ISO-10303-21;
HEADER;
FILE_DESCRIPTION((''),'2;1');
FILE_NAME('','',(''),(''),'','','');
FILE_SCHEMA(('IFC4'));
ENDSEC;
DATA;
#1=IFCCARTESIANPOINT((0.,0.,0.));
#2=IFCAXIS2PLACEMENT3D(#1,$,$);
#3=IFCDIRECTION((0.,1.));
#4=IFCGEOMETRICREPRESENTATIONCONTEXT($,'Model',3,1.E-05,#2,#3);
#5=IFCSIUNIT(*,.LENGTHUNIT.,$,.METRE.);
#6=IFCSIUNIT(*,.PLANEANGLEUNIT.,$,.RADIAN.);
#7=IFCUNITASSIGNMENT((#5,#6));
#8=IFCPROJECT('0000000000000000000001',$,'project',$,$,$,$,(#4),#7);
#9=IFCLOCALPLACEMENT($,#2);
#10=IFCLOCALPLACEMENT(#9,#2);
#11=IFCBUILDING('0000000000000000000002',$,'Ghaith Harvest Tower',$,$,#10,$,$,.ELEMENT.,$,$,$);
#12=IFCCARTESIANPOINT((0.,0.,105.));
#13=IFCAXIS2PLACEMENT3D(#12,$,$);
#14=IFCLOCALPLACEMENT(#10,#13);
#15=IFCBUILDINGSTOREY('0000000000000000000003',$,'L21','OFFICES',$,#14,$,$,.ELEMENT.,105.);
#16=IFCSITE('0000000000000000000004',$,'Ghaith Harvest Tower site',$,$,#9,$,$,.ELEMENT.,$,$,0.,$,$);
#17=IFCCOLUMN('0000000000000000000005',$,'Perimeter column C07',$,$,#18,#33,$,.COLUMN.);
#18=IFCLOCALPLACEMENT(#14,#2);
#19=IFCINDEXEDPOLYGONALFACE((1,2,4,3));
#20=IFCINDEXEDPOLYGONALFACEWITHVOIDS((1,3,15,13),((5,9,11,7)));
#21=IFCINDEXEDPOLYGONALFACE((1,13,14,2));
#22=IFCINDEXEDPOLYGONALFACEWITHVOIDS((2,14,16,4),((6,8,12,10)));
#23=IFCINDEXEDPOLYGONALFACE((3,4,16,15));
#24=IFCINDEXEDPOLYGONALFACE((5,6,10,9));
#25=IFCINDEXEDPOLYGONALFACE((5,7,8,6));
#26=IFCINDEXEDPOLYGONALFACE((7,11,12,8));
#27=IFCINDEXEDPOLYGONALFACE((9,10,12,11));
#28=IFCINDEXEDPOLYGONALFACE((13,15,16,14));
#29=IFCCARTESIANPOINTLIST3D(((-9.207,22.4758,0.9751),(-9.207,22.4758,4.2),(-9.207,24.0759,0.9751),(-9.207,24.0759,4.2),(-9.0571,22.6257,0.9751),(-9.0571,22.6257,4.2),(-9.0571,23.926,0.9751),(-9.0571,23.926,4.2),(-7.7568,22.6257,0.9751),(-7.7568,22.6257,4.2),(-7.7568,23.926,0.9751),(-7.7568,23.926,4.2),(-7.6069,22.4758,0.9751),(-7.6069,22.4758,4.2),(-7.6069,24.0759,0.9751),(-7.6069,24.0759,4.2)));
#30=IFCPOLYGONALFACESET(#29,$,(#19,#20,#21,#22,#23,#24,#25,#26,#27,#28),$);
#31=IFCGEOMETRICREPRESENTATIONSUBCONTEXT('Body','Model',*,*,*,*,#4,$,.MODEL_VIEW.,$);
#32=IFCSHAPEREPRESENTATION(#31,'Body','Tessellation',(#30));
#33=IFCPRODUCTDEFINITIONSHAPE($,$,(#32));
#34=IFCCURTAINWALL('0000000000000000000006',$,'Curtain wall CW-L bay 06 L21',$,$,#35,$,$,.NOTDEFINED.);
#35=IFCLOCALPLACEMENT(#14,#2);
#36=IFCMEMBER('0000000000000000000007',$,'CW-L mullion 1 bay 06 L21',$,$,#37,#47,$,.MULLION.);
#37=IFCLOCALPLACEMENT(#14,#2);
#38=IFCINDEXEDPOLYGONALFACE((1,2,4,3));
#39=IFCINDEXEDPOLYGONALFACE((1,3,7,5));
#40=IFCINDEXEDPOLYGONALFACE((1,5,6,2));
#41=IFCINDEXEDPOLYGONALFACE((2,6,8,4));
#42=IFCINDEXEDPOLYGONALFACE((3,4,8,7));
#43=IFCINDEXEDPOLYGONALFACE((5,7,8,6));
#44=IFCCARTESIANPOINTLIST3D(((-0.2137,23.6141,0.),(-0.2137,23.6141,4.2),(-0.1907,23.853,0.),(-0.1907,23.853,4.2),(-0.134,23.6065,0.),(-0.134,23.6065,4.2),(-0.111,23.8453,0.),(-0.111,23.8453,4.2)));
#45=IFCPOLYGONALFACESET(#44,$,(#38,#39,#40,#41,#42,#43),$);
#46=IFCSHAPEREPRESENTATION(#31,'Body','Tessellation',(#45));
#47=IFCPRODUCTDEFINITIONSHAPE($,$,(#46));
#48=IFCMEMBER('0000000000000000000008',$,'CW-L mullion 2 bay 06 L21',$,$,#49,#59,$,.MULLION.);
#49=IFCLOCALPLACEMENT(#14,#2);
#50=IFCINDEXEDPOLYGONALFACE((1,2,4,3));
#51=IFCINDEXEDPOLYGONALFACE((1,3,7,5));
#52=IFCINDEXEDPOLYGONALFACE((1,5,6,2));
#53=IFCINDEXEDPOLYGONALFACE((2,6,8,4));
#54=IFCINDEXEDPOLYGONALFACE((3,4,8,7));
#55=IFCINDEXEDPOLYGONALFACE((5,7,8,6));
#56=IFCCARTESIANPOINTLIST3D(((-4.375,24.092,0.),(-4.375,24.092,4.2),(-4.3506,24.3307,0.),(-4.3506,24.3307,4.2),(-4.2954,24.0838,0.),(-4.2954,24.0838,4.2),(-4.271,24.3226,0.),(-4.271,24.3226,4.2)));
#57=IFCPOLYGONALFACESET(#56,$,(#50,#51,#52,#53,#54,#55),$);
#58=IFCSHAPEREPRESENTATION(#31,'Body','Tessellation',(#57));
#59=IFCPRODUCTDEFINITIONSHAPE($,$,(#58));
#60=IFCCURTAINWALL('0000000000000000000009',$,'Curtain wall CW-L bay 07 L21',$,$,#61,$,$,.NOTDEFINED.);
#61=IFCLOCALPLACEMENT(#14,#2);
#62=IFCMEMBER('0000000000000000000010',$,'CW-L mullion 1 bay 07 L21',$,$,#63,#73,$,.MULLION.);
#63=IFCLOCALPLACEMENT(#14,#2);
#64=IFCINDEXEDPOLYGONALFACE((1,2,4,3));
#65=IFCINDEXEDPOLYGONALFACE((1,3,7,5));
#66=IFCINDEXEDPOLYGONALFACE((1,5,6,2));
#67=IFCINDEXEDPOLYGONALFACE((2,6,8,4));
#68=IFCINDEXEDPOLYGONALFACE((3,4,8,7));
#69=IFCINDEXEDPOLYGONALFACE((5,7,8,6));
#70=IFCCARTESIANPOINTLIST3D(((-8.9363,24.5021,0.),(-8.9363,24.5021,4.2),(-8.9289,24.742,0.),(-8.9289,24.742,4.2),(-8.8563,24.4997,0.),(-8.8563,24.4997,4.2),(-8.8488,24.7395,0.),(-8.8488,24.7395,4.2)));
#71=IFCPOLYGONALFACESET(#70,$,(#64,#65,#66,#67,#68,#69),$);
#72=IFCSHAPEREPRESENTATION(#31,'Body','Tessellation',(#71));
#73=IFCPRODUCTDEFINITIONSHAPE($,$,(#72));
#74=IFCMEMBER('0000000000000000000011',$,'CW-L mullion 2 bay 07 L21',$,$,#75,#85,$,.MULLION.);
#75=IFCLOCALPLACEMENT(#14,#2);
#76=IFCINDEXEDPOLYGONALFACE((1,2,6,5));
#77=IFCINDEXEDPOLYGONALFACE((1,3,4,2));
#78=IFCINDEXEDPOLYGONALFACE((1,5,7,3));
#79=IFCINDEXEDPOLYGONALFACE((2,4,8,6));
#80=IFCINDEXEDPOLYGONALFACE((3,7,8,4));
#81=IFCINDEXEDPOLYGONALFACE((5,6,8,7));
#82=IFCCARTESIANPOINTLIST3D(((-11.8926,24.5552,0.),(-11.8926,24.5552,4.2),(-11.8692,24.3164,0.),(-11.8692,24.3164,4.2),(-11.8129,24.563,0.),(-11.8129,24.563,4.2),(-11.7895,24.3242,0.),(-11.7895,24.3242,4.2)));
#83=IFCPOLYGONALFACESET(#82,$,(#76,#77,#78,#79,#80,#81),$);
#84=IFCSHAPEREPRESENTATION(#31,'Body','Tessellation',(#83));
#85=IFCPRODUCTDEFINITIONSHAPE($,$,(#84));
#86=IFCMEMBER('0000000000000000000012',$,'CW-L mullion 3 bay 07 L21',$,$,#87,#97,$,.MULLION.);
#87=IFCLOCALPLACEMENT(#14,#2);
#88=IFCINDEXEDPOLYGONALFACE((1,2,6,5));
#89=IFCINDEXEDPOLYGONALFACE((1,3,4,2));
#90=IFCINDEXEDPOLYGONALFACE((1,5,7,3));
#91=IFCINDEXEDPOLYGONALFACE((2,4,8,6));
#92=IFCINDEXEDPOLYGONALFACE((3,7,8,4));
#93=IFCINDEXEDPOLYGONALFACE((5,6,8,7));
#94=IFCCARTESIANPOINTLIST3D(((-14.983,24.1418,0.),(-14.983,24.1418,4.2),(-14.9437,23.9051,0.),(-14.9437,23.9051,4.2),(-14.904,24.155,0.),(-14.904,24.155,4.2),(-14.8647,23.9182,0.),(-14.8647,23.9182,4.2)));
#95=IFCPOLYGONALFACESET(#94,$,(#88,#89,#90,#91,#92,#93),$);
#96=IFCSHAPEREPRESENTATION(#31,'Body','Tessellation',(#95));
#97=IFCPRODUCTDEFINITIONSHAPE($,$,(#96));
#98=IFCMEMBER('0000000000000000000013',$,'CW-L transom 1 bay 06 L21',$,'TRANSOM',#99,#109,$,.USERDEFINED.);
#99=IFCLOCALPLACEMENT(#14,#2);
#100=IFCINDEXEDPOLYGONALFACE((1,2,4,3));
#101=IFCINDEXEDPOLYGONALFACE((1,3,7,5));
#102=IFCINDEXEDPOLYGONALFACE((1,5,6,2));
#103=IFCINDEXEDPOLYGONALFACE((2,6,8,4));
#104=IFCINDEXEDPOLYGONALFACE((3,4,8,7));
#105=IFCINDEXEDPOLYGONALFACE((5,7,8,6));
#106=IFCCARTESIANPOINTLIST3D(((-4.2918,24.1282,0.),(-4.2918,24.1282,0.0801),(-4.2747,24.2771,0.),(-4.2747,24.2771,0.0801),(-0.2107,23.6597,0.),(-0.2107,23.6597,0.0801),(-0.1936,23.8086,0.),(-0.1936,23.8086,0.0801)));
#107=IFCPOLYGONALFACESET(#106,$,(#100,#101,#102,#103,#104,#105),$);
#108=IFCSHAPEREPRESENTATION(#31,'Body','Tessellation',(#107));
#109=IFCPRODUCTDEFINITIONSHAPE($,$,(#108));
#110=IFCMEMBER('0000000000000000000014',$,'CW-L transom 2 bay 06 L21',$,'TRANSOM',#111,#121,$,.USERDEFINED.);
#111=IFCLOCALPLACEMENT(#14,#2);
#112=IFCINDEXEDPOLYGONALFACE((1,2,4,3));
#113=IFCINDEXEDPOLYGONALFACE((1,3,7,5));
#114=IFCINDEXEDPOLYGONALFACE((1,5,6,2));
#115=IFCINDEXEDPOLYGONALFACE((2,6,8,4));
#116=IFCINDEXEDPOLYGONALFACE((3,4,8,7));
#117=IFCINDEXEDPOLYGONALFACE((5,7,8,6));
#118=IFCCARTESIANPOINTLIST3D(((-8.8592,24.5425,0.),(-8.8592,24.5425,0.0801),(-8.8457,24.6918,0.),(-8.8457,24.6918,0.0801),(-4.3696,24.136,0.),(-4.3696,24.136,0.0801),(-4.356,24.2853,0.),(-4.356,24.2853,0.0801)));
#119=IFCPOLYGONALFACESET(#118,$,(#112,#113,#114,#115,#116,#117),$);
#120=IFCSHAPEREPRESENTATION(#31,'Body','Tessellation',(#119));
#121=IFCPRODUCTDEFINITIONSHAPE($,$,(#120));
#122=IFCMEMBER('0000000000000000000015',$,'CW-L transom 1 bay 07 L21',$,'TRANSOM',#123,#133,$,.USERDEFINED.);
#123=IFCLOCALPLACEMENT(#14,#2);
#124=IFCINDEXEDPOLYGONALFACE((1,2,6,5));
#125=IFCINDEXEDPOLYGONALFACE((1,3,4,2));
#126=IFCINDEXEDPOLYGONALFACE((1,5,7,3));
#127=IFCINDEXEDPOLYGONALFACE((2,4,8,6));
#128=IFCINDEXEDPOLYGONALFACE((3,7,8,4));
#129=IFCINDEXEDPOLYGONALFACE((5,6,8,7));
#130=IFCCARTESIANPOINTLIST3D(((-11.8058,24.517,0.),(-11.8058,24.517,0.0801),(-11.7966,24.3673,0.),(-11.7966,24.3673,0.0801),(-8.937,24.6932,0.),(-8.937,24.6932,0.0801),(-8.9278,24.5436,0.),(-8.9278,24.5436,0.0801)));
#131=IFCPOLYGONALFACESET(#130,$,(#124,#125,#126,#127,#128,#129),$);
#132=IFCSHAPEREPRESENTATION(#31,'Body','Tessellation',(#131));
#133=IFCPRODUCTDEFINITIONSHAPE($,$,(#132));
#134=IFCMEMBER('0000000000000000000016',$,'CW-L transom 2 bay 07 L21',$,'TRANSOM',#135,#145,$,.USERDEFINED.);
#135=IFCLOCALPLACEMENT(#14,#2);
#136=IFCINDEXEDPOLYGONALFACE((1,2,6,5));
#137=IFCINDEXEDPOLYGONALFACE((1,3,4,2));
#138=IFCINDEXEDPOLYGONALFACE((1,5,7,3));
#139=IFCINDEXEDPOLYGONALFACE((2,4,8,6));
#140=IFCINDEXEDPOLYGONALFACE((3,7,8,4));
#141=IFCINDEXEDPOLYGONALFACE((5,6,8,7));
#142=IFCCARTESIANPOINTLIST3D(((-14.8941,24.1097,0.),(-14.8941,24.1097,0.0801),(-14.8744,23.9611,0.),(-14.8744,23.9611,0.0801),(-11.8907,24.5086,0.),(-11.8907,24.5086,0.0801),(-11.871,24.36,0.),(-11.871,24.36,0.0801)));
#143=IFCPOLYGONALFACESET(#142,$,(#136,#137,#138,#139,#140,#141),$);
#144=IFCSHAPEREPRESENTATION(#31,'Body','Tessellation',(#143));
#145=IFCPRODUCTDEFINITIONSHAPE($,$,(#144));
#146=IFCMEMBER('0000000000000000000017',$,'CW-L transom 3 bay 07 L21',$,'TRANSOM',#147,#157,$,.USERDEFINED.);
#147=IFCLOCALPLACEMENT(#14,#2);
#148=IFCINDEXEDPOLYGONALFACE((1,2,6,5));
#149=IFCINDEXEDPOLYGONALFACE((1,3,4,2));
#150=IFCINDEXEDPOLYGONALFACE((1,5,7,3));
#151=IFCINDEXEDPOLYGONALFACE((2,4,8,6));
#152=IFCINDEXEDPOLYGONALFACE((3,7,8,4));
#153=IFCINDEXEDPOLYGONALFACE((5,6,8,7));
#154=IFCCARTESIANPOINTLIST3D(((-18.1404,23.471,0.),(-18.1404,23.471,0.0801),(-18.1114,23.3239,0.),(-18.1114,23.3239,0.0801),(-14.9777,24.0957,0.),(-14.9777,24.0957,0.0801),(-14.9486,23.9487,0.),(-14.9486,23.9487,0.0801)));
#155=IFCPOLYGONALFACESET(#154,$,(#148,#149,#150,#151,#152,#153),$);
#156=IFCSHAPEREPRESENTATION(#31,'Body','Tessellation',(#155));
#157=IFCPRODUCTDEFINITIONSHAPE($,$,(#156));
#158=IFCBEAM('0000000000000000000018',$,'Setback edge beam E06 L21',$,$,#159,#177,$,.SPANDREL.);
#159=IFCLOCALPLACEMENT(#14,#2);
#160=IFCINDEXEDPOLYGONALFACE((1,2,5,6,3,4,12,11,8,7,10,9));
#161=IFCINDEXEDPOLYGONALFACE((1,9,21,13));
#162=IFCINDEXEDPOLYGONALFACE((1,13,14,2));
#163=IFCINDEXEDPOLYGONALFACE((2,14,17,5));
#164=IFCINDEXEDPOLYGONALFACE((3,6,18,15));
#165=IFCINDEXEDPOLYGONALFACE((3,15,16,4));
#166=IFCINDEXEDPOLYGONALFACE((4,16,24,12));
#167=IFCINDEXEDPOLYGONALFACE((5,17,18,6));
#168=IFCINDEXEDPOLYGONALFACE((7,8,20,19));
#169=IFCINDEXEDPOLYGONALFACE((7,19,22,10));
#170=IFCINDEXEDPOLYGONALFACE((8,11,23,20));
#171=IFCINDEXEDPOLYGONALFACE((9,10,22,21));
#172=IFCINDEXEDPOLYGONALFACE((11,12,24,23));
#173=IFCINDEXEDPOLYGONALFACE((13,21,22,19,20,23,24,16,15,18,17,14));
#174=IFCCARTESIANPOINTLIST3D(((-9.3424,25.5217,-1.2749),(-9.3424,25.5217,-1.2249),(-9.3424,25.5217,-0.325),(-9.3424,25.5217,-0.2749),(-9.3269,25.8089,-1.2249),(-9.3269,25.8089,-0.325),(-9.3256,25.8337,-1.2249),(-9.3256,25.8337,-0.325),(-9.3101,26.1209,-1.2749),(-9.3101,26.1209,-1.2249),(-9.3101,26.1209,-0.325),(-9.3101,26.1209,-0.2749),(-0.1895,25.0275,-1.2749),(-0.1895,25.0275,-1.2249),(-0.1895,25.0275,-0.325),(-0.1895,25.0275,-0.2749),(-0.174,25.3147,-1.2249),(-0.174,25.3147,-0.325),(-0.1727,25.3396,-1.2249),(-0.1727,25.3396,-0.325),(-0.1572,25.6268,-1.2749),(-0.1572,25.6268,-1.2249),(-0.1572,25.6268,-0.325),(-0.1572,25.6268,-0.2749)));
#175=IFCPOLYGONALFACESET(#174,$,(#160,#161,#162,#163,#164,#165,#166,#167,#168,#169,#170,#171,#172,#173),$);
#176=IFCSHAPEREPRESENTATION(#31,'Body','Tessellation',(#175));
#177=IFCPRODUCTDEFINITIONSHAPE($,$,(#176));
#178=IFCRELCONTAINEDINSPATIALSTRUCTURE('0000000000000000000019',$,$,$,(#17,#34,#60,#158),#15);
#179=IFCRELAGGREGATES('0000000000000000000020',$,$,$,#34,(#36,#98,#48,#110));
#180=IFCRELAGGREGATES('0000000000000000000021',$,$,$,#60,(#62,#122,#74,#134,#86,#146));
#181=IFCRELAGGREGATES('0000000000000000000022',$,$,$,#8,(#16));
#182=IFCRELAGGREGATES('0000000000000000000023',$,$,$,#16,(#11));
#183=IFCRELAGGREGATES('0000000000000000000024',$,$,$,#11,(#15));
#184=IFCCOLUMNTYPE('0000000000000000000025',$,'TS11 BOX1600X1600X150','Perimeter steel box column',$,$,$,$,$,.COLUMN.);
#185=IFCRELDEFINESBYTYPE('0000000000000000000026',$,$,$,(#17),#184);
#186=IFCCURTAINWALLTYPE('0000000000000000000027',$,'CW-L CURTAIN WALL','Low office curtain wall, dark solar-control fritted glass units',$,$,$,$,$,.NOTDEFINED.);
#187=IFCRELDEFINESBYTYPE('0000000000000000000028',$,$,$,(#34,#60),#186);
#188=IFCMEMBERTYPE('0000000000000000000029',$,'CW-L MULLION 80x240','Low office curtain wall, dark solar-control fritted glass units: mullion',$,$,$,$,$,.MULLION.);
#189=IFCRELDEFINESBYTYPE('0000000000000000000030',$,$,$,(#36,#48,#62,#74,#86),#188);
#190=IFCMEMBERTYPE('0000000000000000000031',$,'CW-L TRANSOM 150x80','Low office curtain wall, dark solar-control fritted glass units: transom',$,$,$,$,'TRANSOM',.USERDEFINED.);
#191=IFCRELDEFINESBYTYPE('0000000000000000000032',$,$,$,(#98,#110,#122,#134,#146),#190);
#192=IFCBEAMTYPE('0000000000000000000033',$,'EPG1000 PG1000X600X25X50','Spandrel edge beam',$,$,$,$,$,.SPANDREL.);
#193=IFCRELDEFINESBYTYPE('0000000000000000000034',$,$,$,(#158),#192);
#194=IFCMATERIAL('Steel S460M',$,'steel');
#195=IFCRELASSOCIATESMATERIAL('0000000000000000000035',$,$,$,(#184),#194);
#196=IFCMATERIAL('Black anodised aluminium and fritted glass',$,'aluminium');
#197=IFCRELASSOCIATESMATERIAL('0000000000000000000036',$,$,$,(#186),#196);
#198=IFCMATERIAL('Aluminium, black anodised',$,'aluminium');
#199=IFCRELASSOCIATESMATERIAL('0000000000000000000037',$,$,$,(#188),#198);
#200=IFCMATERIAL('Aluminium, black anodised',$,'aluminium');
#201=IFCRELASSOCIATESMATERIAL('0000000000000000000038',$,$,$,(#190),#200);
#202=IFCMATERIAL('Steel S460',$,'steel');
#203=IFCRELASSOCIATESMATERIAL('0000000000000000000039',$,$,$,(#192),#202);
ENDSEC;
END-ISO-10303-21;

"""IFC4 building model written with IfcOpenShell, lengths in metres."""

from ifc_helpers import new_model, si_unit, direction, frame, origin, origin_2d, place, context, subcontext, project, spatial, rectangle, hollow_rectangle, i_section, extrude, material, material_profile, profile_set, type_object, element, aggregate, save


model = new_model("IFC4")

# Units and contexts
model_context = context("Model", 3, precision=1e-05, world=origin(), true_north=direction((0.0, 1.0)))
body_context = subcontext(model_context, "Body", "Model", "MODEL_VIEW")
ifc_project = project(units=[si_unit("LENGTHUNIT", "METRE"), si_unit("PLANEANGLEUNIT", "RADIAN")], contexts=[model_context])

# Site, building, storey
site_placement = place(None, origin())
site = spatial("IfcSite", under=ifc_project, at=site_placement, Name="Ghaith Harvest Tower site", CompositionType="ELEMENT", RefElevation=0.0)
building_placement = place(site_placement, origin())
building = spatial("IfcBuilding", under=site, at=building_placement, Name="Ghaith Harvest Tower", CompositionType="ELEMENT")
storey_placement = place(building_placement, frame((0.0, 0.0, 105.0)))
storey = spatial("IfcBuildingStorey", under=building, at=storey_placement, Name="L21", Description="OFFICES", CompositionType="ELEMENT", Elevation=105.0)

# Column
ifc_material_1 = material(Name="Steel S460M", Category="steel")
ifc_material_profile_1 = material_profile(ifc_material_1, hollow_rectangle(XDim=1.6001, YDim=1.6001, WallThickness=0.1499, at=origin_2d()), Name="BOX1600X1600X150")
ifc_profile_set_1 = profile_set([ifc_material_profile_1], Name="Steel S460M")
column_type = type_object("IfcColumnType", Name="TS11 BOX1600X1600X150", Description="Perimeter steel box column", PredefinedType="COLUMN", material=ifc_profile_set_1)
column_placement = place(storey_placement, frame((-8.407, 23.2759, 0.9751), z_axis=(0.0, 0.0, 1.0), x_axis=(1.0, 0.0, 0.0)))
element("IfcColumn", 1, at=column_placement, inside=storey, type_object=column_type, Name="Perimeter column C07", PredefinedType="COLUMN", context=body_context, shape_type="SweptSolid", body=[
    extrude(hollow_rectangle(XDim=1.6001, YDim=1.6001, WallThickness=0.1499, at=origin_2d()), origin(), (0.0, 0.0, 1.0), 3.2249),
])

# Curtain walls, members
ifc_material_2 = material(Name="Black anodised aluminium and fritted glass", Category="aluminium")
curtain_wall_type = type_object("IfcCurtainWallType", Name="CW-L CURTAIN WALL", Description="Low office curtain wall, dark solar-control fritted glass units", PredefinedType="NOTDEFINED", material=ifc_material_2)
curtain_wall_1_placement = place(storey_placement, origin())
curtain_wall_1 = element("IfcCurtainWall", 2, at=curtain_wall_1_placement, inside=storey, type_object=curtain_wall_type, Name="Curtain wall CW-L bay 06 L21", PredefinedType="NOTDEFINED")
ifc_material_3 = material(Name="Aluminium, black anodised", Category="aluminium")
ifc_material_profile_2 = material_profile(ifc_material_3, rectangle(XDim=0.0801, YDim=0.24, at=origin_2d()), Name="CW-L MULLION 80x240")
ifc_profile_set_2 = profile_set([ifc_material_profile_2], Name="Aluminium, black anodised")
member_type_1 = type_object("IfcMemberType", Name="CW-L MULLION 80x240", Description="Low office curtain wall, dark solar-control fritted glass units: mullion", PredefinedType="MULLION", material=ifc_profile_set_2)
member_1_placement = place(storey_placement, frame((-0.1624, 23.7297, 0.0), z_axis=(0.0, 0.0, 1.0), x_axis=(-0.995388, 0.09593, 0.0)))
member_1 = element("IfcMember", 3, at=member_1_placement, type_object=member_type_1, Name="CW-L mullion 1 bay 06 L21", PredefinedType="MULLION", context=body_context, shape_type="SweptSolid", body=[
    extrude(rectangle(XDim=0.0801, YDim=0.24, at=origin_2d()), origin(), (0.0, 0.0, 1.0), 4.2),
])
member_2_placement = place(storey_placement, frame((-4.323, 24.2073, 0.0), z_axis=(0.0, 0.0, 1.0), x_axis=(-0.99483, 0.101551, 0.0)))
member_2 = element("IfcMember", 4, at=member_2_placement, type_object=member_type_1, Name="CW-L mullion 2 bay 06 L21", PredefinedType="MULLION", context=body_context, shape_type="SweptSolid", body=[
    extrude(rectangle(XDim=0.0801, YDim=0.24, at=origin_2d()), origin(), (0.0, 0.0, 1.0), 4.2),
])
curtain_wall_2_placement = place(storey_placement, origin())
curtain_wall_2 = element("IfcCurtainWall", 5, at=curtain_wall_2_placement, inside=storey, type_object=curtain_wall_type, Name="Curtain wall CW-L bay 07 L21", PredefinedType="NOTDEFINED")
member_3_placement = place(storey_placement, frame((-8.8926, 24.6208, 0.0), z_axis=(0.0, 0.0, 1.0), x_axis=(-0.999522, 0.030909, 0.0)))
member_3 = element("IfcMember", 6, at=member_3_placement, type_object=member_type_1, Name="CW-L mullion 1 bay 07 L21", PredefinedType="MULLION", context=body_context, shape_type="SweptSolid", body=[
    extrude(rectangle(XDim=0.0801, YDim=0.24, at=origin_2d()), origin(), (0.0, 0.0, 1.0), 4.2),
])
member_4_placement = place(storey_placement, frame((-11.8411, 24.4397, 0.0), z_axis=(0.0, 0.0, 1.0), x_axis=(-0.995238, -0.09748, 0.0)))
member_4 = element("IfcMember", 7, at=member_4_placement, type_object=member_type_1, Name="CW-L mullion 2 bay 07 L21", PredefinedType="MULLION", context=body_context, shape_type="SweptSolid", body=[
    extrude(rectangle(XDim=0.0801, YDim=0.24, at=origin_2d()), origin(), (0.0, 0.0, 1.0), 4.2),
])
member_5_placement = place(storey_placement, frame((-14.9238, 24.03, 0.0), z_axis=(0.0, 0.0, 1.0), x_axis=(-0.986495, -0.163794, 0.0)))
member_5 = element("IfcMember", 8, at=member_5_placement, type_object=member_type_1, Name="CW-L mullion 3 bay 07 L21", PredefinedType="MULLION", context=body_context, shape_type="SweptSolid", body=[
    extrude(rectangle(XDim=0.0801, YDim=0.24, at=origin_2d()), origin(), (0.0, 0.0, 1.0), 4.2),
])

# Members
ifc_material_4 = material(Name="Aluminium, black anodised", Category="aluminium")
ifc_material_profile_3 = material_profile(ifc_material_4, rectangle(XDim=0.1499, YDim=0.0801, at=origin_2d()), Name="CW-L TRANSOM 150x80")
ifc_profile_set_3 = profile_set([ifc_material_profile_3], Name="Aluminium, black anodised")
member_type_2 = type_object("IfcMemberType", Name="CW-L TRANSOM 150x80", Description="Low office curtain wall, dark solar-control fritted glass units: transom", ElementType="TRANSOM", PredefinedType="USERDEFINED", material=ifc_profile_set_3)
member_6_placement = place(storey_placement, frame((-0.2021, 23.7341, 0.04), z_axis=(-0.993475, 0.114051, 0.0), x_axis=(-0.114051, -0.993475, 0.0)))
member_6 = element("IfcMember", 9, at=member_6_placement, type_object=member_type_2, Name="CW-L transom 1 bay 06 L21", ObjectType="TRANSOM", PredefinedType="USERDEFINED", context=body_context, shape_type="SweptSolid", body=[
    extrude(rectangle(XDim=0.1499, YDim=0.0801, at=origin_2d()), origin(), (0.0, 0.0, 1.0), 4.1079),
])
member_7_placement = place(storey_placement, frame((-4.3628, 24.2107, 0.04), z_axis=(-0.995926, 0.09017, 0.0), x_axis=(-0.09017, -0.995926, 0.0)))
member_7 = element("IfcMember", 10, at=member_7_placement, type_object=member_type_2, Name="CW-L transom 2 bay 06 L21", ObjectType="TRANSOM", PredefinedType="USERDEFINED", context=body_context, shape_type="SweptSolid", body=[
    extrude(rectangle(XDim=0.1499, YDim=0.0801, at=origin_2d()), origin(), (0.0, 0.0, 1.0), 4.5081),
])
member_8_placement = place(storey_placement, frame((-8.9324, 24.6184, 0.04), z_axis=(-0.998118, -0.061326, 0.0), x_axis=(0.061326, -0.998118, 0.0)))
member_8 = element("IfcMember", 11, at=member_8_placement, type_object=member_type_2, Name="CW-L transom 1 bay 07 L21", ObjectType="TRANSOM", PredefinedType="USERDEFINED", context=body_context, shape_type="SweptSolid", body=[
    extrude(rectangle(XDim=0.1499, YDim=0.0801, at=origin_2d()), origin(), (0.0, 0.0, 1.0), 2.8743),
])
member_9_placement = place(storey_placement, frame((-11.8809, 24.4343, 0.04), z_axis=(-0.991294, -0.131668, 0.0), x_axis=(0.131668, -0.991294, 0.0)))
member_9 = element("IfcMember", 12, at=member_9_placement, type_object=member_type_2, Name="CW-L transom 2 bay 07 L21", ObjectType="TRANSOM", PredefinedType="USERDEFINED", context=body_context, shape_type="SweptSolid", body=[
    extrude(rectangle(XDim=0.1499, YDim=0.0801, at=origin_2d()), origin(), (0.0, 0.0, 1.0), 3.0298),
])
member_10_placement = place(storey_placement, frame((-14.9631, 24.0222, 0.04), z_axis=(-0.981044, -0.193786, 0.0), x_axis=(0.193786, -0.981044, 0.0)))
member_10 = element("IfcMember", 13, at=member_10_placement, type_object=member_type_2, Name="CW-L transom 3 bay 07 L21", ObjectType="TRANSOM", PredefinedType="USERDEFINED", context=body_context, shape_type="SweptSolid", body=[
    extrude(rectangle(XDim=0.1499, YDim=0.0801, at=origin_2d()), origin(), (0.0, 0.0, 1.0), 3.2239),
])

# Beam
ifc_material_5 = material(Name="Steel S460", Category="steel")
ifc_material_profile_4 = material_profile(ifc_material_5, i_section(OverallWidth=0.6001, OverallDepth=1.0, WebThickness=0.0249, FlangeThickness=0.05, at=origin_2d()), Name="PG1000X600X25X50")
ifc_profile_set_4 = profile_set([ifc_material_profile_4], Name="Steel S460")
beam_type_1 = type_object("IfcBeamType", Name="EPG1000 PG1000X600X25X50", Description="Spandrel edge beam", PredefinedType="SPANDREL", material=ifc_profile_set_4)
beam_1_placement = place(storey_placement, frame((-0.1733, 25.3271, -0.7749), z_axis=(-0.998546, 0.053909, 0.0), x_axis=(-0.053909, -0.998546, 0.0)))
element("IfcBeam", 14, at=beam_1_placement, inside=storey, type_object=beam_type_1, Name="Setback edge beam E06 L21", PredefinedType="SPANDREL", context=body_context, shape_type="SweptSolid", body=[
    extrude(i_section(OverallWidth=0.6001, OverallDepth=1.0, WebThickness=0.0249, FlangeThickness=0.05, at=origin_2d()), origin(), (0.0, 0.0, 1.0), 9.1663),
])

aggregate(curtain_wall_1, [member_1, member_6, member_2, member_7])
aggregate(curtain_wall_2, [member_3, member_8, member_4, member_9, member_5, member_10])

save(model, "model.ifc")
